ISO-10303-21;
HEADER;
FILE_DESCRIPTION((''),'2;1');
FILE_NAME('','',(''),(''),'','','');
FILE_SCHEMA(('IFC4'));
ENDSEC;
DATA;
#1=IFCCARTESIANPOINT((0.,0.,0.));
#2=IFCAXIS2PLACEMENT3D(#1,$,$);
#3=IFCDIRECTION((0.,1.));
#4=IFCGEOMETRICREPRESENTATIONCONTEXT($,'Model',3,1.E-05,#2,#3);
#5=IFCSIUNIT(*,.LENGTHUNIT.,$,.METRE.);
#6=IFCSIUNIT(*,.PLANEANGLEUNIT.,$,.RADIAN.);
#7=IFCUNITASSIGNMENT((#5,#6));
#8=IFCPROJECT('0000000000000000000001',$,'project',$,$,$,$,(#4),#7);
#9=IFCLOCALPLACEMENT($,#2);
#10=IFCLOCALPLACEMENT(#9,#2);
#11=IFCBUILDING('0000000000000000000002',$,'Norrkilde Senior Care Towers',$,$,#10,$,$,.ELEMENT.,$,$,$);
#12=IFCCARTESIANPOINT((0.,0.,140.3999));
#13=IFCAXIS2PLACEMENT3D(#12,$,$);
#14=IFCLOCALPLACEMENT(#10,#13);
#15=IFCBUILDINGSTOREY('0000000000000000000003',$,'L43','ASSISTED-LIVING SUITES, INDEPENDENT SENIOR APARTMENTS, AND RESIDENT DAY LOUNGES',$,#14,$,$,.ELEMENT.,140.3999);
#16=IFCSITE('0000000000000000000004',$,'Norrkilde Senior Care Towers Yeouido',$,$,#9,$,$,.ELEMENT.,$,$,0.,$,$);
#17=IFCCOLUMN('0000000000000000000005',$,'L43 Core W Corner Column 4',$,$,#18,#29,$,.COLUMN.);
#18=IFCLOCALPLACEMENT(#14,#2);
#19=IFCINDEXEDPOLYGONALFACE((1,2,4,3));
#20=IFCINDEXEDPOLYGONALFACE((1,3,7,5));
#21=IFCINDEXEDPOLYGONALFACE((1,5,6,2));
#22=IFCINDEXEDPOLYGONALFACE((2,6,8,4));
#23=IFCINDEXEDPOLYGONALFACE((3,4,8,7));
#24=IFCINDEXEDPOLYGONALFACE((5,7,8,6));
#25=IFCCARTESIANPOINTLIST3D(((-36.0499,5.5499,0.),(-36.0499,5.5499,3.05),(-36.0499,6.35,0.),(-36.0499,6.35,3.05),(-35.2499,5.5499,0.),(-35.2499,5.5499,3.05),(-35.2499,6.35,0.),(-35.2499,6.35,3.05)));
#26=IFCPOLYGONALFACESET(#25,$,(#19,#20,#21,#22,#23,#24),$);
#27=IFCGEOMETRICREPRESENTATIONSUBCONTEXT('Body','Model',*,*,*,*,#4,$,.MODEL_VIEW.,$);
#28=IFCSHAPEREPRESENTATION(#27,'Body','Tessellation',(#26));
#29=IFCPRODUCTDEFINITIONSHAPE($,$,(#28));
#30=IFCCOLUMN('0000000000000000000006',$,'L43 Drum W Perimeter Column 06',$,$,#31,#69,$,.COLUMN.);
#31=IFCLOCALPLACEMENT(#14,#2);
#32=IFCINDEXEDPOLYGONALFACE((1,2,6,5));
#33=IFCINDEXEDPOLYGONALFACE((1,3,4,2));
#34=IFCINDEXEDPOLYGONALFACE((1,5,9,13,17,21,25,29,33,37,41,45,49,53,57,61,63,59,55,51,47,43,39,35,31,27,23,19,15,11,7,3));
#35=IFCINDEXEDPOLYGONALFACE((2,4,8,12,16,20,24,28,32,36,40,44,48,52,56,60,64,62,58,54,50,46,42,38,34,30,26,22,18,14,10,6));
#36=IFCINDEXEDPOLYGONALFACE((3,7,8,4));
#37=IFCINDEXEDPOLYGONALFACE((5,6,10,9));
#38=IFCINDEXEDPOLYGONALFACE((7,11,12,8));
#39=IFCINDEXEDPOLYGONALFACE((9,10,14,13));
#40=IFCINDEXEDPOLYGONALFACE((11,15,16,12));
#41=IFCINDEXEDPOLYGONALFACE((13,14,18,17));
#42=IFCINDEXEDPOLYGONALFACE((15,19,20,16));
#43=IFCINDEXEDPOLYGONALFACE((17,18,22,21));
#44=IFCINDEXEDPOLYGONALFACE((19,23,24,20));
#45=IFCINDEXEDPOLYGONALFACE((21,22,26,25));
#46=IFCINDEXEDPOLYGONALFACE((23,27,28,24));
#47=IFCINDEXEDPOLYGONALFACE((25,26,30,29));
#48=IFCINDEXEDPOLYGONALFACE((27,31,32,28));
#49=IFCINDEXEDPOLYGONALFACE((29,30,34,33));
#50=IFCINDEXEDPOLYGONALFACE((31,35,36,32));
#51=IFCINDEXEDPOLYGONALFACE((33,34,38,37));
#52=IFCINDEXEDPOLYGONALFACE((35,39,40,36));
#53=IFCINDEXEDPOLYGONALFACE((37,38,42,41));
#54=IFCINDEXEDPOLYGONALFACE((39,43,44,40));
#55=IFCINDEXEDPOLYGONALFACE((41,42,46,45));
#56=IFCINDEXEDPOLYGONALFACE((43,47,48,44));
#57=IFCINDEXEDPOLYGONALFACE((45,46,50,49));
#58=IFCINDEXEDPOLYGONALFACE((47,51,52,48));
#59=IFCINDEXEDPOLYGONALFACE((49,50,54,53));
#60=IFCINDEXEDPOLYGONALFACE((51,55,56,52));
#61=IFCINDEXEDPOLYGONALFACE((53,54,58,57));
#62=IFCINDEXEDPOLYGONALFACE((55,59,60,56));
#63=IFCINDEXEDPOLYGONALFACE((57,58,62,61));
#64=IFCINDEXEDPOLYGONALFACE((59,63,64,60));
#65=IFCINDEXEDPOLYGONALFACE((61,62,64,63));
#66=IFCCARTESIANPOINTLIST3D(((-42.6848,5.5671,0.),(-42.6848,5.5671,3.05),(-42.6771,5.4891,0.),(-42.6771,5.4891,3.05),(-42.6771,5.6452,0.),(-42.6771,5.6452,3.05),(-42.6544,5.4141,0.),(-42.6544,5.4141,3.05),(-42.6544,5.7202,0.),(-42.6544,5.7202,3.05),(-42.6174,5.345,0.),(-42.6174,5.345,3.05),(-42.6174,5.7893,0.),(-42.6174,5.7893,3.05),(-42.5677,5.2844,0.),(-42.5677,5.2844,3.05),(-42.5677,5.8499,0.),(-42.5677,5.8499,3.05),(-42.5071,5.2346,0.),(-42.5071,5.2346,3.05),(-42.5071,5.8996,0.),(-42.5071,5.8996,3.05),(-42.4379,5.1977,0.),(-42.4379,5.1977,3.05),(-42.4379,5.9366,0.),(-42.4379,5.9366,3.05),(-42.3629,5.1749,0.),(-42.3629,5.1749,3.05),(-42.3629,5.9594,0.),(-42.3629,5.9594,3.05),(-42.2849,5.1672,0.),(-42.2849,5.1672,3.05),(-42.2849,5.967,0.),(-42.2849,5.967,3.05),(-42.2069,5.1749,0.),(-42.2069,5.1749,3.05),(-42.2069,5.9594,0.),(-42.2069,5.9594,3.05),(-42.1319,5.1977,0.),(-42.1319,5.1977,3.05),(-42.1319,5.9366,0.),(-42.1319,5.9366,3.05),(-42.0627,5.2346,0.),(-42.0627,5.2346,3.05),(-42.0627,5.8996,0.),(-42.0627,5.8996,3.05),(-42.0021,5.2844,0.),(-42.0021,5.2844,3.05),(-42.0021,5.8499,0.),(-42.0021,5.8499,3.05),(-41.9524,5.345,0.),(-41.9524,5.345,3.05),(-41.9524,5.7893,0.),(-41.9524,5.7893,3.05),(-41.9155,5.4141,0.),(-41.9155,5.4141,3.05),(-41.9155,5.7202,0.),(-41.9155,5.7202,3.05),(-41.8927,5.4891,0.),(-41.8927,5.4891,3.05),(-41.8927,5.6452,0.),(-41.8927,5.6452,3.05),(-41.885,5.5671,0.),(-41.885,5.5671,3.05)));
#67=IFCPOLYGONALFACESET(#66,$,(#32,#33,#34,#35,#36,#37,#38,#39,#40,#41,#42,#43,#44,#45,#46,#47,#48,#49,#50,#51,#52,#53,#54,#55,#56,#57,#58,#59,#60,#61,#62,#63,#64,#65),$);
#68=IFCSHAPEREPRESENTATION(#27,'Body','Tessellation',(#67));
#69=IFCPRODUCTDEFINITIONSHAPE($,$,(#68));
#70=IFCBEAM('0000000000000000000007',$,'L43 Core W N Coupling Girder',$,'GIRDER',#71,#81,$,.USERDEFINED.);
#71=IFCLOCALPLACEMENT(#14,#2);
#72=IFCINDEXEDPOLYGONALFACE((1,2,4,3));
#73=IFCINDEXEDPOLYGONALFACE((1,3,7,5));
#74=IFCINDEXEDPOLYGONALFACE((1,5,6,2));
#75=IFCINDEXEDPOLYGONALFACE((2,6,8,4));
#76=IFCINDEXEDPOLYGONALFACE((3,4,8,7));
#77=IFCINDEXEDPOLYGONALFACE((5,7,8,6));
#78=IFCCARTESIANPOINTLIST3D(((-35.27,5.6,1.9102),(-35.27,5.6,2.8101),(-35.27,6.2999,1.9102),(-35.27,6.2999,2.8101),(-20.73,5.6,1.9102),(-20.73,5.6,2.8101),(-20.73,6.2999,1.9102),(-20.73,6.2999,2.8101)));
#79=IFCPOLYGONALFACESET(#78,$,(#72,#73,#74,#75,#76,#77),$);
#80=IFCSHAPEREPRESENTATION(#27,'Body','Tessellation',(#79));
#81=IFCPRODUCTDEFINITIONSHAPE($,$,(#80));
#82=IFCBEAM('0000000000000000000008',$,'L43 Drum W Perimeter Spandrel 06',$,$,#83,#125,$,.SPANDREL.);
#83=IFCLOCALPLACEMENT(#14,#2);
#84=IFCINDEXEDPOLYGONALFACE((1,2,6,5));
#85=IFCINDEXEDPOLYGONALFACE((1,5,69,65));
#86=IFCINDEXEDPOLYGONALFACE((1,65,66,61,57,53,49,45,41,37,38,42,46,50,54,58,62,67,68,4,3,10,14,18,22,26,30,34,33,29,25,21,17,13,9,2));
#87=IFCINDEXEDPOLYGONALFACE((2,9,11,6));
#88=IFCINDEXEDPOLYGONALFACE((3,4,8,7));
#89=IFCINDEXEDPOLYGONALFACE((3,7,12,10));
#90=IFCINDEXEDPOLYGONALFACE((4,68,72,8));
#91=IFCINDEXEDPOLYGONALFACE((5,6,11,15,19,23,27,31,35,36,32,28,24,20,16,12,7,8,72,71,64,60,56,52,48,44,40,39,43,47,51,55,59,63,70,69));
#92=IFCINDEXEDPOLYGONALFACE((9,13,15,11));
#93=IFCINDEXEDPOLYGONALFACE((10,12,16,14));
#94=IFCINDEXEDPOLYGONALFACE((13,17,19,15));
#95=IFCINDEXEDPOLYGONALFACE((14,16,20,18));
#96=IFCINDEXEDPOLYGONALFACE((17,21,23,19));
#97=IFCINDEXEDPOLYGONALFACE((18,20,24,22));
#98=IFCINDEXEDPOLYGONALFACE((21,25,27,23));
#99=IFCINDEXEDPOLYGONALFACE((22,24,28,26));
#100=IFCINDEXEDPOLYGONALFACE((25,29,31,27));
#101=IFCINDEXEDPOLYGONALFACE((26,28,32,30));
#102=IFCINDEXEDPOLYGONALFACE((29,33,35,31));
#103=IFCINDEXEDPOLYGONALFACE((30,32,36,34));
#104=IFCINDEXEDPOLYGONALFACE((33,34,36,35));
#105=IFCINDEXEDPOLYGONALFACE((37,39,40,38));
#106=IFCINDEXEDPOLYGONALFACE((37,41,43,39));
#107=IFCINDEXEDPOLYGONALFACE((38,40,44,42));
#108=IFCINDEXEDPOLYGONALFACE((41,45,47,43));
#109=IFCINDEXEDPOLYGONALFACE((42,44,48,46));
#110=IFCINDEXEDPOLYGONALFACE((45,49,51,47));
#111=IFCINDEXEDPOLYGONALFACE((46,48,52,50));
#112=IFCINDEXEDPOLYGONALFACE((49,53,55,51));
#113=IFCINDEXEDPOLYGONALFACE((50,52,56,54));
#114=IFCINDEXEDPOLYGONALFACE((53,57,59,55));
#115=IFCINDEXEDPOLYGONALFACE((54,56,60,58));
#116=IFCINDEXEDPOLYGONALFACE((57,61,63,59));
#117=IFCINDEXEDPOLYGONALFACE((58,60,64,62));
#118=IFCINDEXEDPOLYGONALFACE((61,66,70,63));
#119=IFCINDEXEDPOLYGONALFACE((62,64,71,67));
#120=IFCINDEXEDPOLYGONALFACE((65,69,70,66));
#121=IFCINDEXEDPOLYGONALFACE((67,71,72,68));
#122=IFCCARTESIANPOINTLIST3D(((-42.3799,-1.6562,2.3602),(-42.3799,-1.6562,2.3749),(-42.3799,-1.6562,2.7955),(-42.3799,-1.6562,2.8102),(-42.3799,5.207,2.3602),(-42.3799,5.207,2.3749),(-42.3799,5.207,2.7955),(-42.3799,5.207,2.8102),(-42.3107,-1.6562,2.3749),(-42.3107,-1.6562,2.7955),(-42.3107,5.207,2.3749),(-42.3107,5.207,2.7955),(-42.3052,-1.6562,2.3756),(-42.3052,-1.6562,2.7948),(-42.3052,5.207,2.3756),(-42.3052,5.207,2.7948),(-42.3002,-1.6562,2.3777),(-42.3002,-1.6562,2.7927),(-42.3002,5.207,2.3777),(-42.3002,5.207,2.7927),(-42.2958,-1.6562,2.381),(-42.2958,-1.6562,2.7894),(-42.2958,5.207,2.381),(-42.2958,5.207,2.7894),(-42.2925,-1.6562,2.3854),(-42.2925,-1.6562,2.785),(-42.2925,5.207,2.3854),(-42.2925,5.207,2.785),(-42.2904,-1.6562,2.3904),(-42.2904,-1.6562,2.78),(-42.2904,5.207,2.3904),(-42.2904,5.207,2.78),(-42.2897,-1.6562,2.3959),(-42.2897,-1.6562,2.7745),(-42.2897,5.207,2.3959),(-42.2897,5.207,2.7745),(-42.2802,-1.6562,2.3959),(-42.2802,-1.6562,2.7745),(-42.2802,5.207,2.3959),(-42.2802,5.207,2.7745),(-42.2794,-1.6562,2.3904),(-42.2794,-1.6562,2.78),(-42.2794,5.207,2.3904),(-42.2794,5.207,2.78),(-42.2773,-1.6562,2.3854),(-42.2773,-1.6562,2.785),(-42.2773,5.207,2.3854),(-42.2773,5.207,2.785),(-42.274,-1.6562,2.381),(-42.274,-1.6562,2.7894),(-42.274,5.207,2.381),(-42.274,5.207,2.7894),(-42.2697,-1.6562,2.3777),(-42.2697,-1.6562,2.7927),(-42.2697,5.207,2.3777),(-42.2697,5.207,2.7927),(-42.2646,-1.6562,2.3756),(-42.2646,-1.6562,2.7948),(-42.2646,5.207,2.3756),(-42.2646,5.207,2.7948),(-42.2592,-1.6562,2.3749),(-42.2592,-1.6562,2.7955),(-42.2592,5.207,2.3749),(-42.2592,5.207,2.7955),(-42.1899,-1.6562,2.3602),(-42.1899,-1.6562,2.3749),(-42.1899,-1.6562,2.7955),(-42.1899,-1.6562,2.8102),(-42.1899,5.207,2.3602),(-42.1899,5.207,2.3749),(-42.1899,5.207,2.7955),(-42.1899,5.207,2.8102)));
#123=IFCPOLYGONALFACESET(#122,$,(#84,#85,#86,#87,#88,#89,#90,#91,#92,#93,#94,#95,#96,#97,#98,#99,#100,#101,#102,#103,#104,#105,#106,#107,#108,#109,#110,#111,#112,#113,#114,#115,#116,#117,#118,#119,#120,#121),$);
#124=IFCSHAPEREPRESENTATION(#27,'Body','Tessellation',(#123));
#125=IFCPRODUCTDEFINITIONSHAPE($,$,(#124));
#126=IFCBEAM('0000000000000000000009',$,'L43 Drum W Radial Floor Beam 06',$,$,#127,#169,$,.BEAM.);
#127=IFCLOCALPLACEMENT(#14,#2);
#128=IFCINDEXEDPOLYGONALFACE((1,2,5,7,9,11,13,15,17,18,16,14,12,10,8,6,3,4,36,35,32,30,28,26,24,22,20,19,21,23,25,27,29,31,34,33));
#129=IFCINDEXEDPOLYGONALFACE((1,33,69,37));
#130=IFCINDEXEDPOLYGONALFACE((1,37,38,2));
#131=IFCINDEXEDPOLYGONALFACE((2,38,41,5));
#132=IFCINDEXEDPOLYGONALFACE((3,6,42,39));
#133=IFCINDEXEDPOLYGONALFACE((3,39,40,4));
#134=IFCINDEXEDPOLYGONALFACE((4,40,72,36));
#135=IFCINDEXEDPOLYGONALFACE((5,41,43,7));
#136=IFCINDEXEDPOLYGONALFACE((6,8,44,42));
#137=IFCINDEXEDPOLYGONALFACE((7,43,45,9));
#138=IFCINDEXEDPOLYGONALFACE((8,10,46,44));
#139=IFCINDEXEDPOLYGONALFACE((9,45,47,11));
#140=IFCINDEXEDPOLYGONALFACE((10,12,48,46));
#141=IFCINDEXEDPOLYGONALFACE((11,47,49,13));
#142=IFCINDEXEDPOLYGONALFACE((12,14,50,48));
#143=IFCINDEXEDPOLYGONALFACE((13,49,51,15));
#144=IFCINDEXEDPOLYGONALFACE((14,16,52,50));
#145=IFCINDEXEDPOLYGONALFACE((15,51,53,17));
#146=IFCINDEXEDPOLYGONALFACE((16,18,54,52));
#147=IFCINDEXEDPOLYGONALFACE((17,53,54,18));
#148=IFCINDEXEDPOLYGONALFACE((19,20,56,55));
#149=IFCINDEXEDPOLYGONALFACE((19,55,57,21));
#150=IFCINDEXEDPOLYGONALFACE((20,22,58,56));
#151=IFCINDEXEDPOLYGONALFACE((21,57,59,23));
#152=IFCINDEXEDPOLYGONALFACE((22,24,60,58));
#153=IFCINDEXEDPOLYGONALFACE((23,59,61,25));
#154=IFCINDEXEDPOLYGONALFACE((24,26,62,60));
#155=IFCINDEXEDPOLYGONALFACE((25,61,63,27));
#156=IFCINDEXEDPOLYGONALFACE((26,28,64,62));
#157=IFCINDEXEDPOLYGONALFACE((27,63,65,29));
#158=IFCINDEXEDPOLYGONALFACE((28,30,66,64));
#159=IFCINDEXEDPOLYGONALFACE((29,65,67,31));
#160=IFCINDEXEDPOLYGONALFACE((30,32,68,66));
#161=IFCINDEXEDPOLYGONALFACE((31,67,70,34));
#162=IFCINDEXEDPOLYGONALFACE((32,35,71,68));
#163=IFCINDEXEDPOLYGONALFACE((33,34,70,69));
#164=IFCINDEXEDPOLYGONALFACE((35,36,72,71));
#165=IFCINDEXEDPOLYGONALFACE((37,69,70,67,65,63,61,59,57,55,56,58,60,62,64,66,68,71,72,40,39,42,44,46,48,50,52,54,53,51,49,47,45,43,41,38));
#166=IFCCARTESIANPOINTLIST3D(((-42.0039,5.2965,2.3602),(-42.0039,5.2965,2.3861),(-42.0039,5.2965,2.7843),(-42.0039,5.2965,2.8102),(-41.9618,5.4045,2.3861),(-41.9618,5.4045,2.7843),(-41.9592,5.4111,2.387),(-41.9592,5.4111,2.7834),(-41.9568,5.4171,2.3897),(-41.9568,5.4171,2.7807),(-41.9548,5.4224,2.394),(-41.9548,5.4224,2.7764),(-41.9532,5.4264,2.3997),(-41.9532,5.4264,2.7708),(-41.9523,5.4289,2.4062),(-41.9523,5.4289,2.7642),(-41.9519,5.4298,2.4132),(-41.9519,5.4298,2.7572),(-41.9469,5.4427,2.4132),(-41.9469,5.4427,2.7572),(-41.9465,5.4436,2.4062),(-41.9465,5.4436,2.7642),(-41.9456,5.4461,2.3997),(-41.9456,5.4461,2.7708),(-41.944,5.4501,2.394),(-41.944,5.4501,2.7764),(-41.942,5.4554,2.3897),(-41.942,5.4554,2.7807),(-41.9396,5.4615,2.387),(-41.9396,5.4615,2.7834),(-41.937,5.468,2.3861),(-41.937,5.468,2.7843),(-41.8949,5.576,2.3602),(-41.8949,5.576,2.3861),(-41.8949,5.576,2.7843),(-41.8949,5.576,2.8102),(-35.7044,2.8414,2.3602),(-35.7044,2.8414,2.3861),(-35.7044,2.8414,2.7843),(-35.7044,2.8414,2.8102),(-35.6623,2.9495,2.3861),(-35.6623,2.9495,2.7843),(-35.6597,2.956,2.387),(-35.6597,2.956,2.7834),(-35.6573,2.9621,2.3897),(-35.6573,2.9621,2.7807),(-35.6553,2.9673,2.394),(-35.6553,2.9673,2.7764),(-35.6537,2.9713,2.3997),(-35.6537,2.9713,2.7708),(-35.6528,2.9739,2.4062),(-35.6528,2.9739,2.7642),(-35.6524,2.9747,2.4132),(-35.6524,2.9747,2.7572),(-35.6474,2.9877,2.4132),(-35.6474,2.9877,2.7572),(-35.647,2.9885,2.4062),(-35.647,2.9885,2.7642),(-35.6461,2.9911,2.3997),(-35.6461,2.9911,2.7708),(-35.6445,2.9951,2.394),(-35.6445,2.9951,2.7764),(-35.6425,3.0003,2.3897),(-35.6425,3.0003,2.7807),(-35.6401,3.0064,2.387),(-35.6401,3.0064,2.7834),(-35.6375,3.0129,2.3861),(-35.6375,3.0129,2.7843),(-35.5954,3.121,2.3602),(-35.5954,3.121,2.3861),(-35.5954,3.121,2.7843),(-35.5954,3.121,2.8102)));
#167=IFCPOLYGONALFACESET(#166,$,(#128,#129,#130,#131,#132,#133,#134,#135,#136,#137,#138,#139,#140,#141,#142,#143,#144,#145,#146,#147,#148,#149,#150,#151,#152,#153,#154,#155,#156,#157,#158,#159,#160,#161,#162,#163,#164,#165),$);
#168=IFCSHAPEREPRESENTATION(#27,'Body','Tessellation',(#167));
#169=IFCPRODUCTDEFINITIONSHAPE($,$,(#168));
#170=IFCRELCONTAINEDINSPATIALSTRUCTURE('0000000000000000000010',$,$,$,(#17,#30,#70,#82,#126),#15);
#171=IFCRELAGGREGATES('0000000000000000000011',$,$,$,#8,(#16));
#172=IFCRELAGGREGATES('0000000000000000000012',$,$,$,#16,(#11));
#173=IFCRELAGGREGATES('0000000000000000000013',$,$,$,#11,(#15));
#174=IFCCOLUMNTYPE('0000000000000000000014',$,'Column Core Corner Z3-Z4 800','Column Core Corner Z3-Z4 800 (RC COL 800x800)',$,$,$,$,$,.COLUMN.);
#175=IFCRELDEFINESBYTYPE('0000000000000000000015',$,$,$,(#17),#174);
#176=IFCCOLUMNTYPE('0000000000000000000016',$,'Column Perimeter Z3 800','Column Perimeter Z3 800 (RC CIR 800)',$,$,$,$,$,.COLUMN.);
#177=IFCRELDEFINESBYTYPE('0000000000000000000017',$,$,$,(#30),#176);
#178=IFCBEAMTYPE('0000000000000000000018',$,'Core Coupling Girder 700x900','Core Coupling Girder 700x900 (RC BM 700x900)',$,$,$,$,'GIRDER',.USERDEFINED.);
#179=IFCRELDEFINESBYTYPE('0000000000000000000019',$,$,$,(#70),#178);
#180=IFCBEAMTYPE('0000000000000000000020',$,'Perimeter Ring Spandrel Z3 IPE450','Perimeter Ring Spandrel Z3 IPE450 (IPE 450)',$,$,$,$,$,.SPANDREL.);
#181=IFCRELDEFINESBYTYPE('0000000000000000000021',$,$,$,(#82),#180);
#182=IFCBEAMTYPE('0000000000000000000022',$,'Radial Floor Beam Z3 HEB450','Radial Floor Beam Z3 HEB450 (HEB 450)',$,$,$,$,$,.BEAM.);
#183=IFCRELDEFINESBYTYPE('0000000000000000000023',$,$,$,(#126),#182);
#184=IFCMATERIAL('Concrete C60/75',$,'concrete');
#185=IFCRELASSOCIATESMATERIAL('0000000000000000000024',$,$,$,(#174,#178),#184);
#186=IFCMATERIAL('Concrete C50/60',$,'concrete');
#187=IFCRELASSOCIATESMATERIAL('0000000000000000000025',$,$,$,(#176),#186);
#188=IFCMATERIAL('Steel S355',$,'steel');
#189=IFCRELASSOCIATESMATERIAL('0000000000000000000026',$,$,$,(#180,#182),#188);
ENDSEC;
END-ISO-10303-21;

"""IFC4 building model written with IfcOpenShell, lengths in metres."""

from ifc_helpers import new_model, si_unit, direction, frame, origin, origin_2d, place, context, subcontext, project, spatial, rectangle, circle, i_section, extrude, source, transform, mapped, material, material_profile, profile_set, type_object, type_shapes, element, save


model = new_model("IFC4")

# Units and contexts
model_context = context("Model", 3, precision=1e-05, world=origin(), true_north=direction((0.0, 1.0)))
body_context = subcontext(model_context, "Body", "Model", "MODEL_VIEW")
ifc_project = project(units=[si_unit("LENGTHUNIT", "METRE"), si_unit("PLANEANGLEUNIT", "RADIAN")], contexts=[model_context])

# Site, building, storey
site_placement = place(None, origin())
site = spatial("IfcSite", under=ifc_project, at=site_placement, Name="Norrkilde Senior Care Towers Yeouido", CompositionType="ELEMENT", RefElevation=0.0)
building_placement = place(site_placement, origin())
building = spatial("IfcBuilding", under=site, at=building_placement, Name="Norrkilde Senior Care Towers", CompositionType="ELEMENT")
storey_placement = place(building_placement, frame((0.0, 0.0, 140.3999)))
storey = spatial("IfcBuildingStorey", under=building, at=storey_placement, Name="L43", Description="ASSISTED-LIVING SUITES, INDEPENDENT SENIOR APARTMENTS, AND RESIDENT DAY LOUNGES", CompositionType="ELEMENT", Elevation=140.3999)

# Columns
ifc_material_1 = material(Name="Concrete C60/75", Category="concrete")
ifc_material_profile_1 = material_profile(ifc_material_1, rectangle(XDim=0.8, YDim=0.8, at=origin_2d()), Name="RC COL 800x800")
ifc_profile_set_1 = profile_set([ifc_material_profile_1], Name="Concrete C60/75")
column_type_1 = type_object("IfcColumnType", Name="Column Core Corner Z3-Z4 800", Description="Column Core Corner Z3-Z4 800 (RC COL 800x800)", PredefinedType="COLUMN", material=ifc_profile_set_1)
shared_shape_1 = source(origin(), body_context, "Body", "SweptSolid", [
    extrude(rectangle(XDim=0.8, YDim=0.8, at=origin_2d()), origin(), (0.0, 0.0, 1.0), 3.05),
])
type_shapes(column_type_1, [shared_shape_1])
column_1_placement = place(storey_placement, frame((-35.6499, 5.95, 0.0), z_axis=(0.0, 0.0, 1.0), x_axis=(1.0, 0.0, 0.0)))
element("IfcColumn", 1, at=column_1_placement, inside=storey, type_object=column_type_1, Name="L43 Core W Corner Column 4", PredefinedType="COLUMN", context=body_context, shape_type="MappedRepresentation", body=[
    mapped(shared_shape_1, transform((0.0, 0.0, 0.0), x_axis=(1.0, 0.0, 0.0), y_axis=(0.0, 1.0, 0.0), z_axis=(0.0, 0.0, 1.0), scale=1.0)),
])
ifc_material_2 = material(Name="Concrete C50/60", Category="concrete")
ifc_material_profile_2 = material_profile(ifc_material_2, circle(Radius=0.3999, at=origin_2d()), Name="RC CIR 800")
ifc_profile_set_2 = profile_set([ifc_material_profile_2], Name="Concrete C50/60")
column_type_2 = type_object("IfcColumnType", Name="Column Perimeter Z3 800", Description="Column Perimeter Z3 800 (RC CIR 800)", PredefinedType="COLUMN", material=ifc_profile_set_2)
shared_shape_2 = source(origin(), body_context, "Body", "SweptSolid", [
    extrude(circle(Radius=0.3999, at=origin_2d()), origin(), (0.0, 0.0, 1.0), 3.05),
])
type_shapes(column_type_2, [shared_shape_2])
column_2_placement = place(storey_placement, frame((-42.2849, 5.5671, 0.0), z_axis=(0.0, 0.0, 1.0), x_axis=(1.0, 0.0, 0.0)))
element("IfcColumn", 2, at=column_2_placement, inside=storey, type_object=column_type_2, Name="L43 Drum W Perimeter Column 06", PredefinedType="COLUMN", context=body_context, shape_type="MappedRepresentation", body=[
    mapped(shared_shape_2, transform((0.0, 0.0, 0.0), x_axis=(1.0, 0.0, 0.0), y_axis=(0.0, 1.0, 0.0), z_axis=(0.0, 0.0, 1.0), scale=1.0)),
])

# Beams
ifc_material_profile_3 = material_profile(ifc_material_1, rectangle(XDim=0.7, YDim=0.8999, at=origin_2d()), Name="RC BM 700x900")
ifc_profile_set_3 = profile_set([ifc_material_profile_3], Name="Concrete C60/75")
beam_type_1 = type_object("IfcBeamType", Name="Core Coupling Girder 700x900", Description="Core Coupling Girder 700x900 (RC BM 700x900)", ElementType="GIRDER", PredefinedType="USERDEFINED", material=ifc_profile_set_3)
shared_shape_3 = source(origin(), body_context, "Body", "SweptSolid", [
    extrude(rectangle(XDim=0.7, YDim=0.8999, at=origin_2d()), origin(), (0.0, 0.0, 1.0), 14.54),
])
type_shapes(beam_type_1, [shared_shape_3])
beam_1_placement = place(storey_placement, frame((-35.27, 5.95, 2.3601), z_axis=(1.0, 0.0, 0.0), x_axis=(0.0, 1.0, 0.0)))
element("IfcBeam", 3, at=beam_1_placement, inside=storey, type_object=beam_type_1, Name="L43 Core W N Coupling Girder", ObjectType="GIRDER", PredefinedType="USERDEFINED", context=body_context, shape_type="MappedRepresentation", body=[
    mapped(shared_shape_3, transform((0.0, 0.0, 0.0), x_axis=(1.0, 0.0, 0.0), y_axis=(0.0, 1.0, 0.0), z_axis=(0.0, 0.0, 1.0), scale=1.0)),
])
ifc_material_3 = material(Name="Steel S355", Category="steel")
ifc_material_profile_4 = material_profile(ifc_material_3, i_section(OverallWidth=0.1899, OverallDepth=0.45, WebThickness=0.0095, FlangeThickness=0.0146, FilletRadius=0.021, at=origin_2d()), Name="IPE 450")
ifc_profile_set_4 = profile_set([ifc_material_profile_4], Name="Steel S355")
beam_type_2 = type_object("IfcBeamType", Name="Perimeter Ring Spandrel Z3 IPE450", Description="Perimeter Ring Spandrel Z3 IPE450 (IPE 450)", PredefinedType="SPANDREL", material=ifc_profile_set_4)
shared_shape_4 = source(origin(), body_context, "Body", "SweptSolid", [
    extrude(i_section(OverallWidth=0.1899, OverallDepth=0.45, WebThickness=0.0095, FlangeThickness=0.0146, FilletRadius=0.021, at=origin_2d()), origin(), (0.0, 0.0, 1.0), 6.8633),
])
type_shapes(beam_type_2, [shared_shape_4])
beam_2_placement = place(storey_placement, frame((-42.2849, 5.207, 2.5852), z_axis=(0.0, -1.0, 0.0), x_axis=(1.0, 0.0, 0.0)))
element("IfcBeam", 4, at=beam_2_placement, inside=storey, type_object=beam_type_2, Name="L43 Drum W Perimeter Spandrel 06", PredefinedType="SPANDREL", context=body_context, shape_type="MappedRepresentation", body=[
    mapped(shared_shape_4, transform((0.0, 0.0, 0.0), x_axis=(1.0, 0.0, 0.0), y_axis=(0.0, 1.0, 0.0), z_axis=(0.0, 0.0, 1.0), scale=1.0)),
])
ifc_material_profile_5 = material_profile(ifc_material_3, i_section(OverallWidth=0.3, OverallDepth=0.45, WebThickness=0.0139, FlangeThickness=0.0259, FilletRadius=0.0271, at=origin_2d()), Name="HEB 450")
ifc_profile_set_5 = profile_set([ifc_material_profile_5], Name="Steel S355")
beam_type_3 = type_object("IfcBeamType", Name="Radial Floor Beam Z3 HEB450", Description="Radial Floor Beam Z3 HEB450 (HEB 450)", PredefinedType="BEAM", material=ifc_profile_set_5)
shared_shape_5 = source(origin(), body_context, "Body", "SweptSolid", [
    extrude(i_section(OverallWidth=0.3, OverallDepth=0.45, WebThickness=0.0139, FlangeThickness=0.0259, FilletRadius=0.0271, at=origin_2d()), origin(), (0.0, 0.0, 1.0), 6.761),
])
beam_3_placement = place(storey_placement, frame((-35.6499, 2.9812, 2.5852), z_axis=(-0.931742, 0.363121, 0.0), x_axis=(-0.363121, -0.931742, 0.0)))
element("IfcBeam", 5, at=beam_3_placement, inside=storey, type_object=beam_type_3, Name="L43 Drum W Radial Floor Beam 06", PredefinedType="BEAM", context=body_context, shape_type="MappedRepresentation", body=[
    mapped(shared_shape_5, transform((0.0, 0.0, 0.0), x_axis=(1.0, 0.0, 0.0), y_axis=(0.0, 1.0, 0.0), z_axis=(0.0, 0.0, 1.0), scale=1.0)),
])

save(model, "model.ifc")
